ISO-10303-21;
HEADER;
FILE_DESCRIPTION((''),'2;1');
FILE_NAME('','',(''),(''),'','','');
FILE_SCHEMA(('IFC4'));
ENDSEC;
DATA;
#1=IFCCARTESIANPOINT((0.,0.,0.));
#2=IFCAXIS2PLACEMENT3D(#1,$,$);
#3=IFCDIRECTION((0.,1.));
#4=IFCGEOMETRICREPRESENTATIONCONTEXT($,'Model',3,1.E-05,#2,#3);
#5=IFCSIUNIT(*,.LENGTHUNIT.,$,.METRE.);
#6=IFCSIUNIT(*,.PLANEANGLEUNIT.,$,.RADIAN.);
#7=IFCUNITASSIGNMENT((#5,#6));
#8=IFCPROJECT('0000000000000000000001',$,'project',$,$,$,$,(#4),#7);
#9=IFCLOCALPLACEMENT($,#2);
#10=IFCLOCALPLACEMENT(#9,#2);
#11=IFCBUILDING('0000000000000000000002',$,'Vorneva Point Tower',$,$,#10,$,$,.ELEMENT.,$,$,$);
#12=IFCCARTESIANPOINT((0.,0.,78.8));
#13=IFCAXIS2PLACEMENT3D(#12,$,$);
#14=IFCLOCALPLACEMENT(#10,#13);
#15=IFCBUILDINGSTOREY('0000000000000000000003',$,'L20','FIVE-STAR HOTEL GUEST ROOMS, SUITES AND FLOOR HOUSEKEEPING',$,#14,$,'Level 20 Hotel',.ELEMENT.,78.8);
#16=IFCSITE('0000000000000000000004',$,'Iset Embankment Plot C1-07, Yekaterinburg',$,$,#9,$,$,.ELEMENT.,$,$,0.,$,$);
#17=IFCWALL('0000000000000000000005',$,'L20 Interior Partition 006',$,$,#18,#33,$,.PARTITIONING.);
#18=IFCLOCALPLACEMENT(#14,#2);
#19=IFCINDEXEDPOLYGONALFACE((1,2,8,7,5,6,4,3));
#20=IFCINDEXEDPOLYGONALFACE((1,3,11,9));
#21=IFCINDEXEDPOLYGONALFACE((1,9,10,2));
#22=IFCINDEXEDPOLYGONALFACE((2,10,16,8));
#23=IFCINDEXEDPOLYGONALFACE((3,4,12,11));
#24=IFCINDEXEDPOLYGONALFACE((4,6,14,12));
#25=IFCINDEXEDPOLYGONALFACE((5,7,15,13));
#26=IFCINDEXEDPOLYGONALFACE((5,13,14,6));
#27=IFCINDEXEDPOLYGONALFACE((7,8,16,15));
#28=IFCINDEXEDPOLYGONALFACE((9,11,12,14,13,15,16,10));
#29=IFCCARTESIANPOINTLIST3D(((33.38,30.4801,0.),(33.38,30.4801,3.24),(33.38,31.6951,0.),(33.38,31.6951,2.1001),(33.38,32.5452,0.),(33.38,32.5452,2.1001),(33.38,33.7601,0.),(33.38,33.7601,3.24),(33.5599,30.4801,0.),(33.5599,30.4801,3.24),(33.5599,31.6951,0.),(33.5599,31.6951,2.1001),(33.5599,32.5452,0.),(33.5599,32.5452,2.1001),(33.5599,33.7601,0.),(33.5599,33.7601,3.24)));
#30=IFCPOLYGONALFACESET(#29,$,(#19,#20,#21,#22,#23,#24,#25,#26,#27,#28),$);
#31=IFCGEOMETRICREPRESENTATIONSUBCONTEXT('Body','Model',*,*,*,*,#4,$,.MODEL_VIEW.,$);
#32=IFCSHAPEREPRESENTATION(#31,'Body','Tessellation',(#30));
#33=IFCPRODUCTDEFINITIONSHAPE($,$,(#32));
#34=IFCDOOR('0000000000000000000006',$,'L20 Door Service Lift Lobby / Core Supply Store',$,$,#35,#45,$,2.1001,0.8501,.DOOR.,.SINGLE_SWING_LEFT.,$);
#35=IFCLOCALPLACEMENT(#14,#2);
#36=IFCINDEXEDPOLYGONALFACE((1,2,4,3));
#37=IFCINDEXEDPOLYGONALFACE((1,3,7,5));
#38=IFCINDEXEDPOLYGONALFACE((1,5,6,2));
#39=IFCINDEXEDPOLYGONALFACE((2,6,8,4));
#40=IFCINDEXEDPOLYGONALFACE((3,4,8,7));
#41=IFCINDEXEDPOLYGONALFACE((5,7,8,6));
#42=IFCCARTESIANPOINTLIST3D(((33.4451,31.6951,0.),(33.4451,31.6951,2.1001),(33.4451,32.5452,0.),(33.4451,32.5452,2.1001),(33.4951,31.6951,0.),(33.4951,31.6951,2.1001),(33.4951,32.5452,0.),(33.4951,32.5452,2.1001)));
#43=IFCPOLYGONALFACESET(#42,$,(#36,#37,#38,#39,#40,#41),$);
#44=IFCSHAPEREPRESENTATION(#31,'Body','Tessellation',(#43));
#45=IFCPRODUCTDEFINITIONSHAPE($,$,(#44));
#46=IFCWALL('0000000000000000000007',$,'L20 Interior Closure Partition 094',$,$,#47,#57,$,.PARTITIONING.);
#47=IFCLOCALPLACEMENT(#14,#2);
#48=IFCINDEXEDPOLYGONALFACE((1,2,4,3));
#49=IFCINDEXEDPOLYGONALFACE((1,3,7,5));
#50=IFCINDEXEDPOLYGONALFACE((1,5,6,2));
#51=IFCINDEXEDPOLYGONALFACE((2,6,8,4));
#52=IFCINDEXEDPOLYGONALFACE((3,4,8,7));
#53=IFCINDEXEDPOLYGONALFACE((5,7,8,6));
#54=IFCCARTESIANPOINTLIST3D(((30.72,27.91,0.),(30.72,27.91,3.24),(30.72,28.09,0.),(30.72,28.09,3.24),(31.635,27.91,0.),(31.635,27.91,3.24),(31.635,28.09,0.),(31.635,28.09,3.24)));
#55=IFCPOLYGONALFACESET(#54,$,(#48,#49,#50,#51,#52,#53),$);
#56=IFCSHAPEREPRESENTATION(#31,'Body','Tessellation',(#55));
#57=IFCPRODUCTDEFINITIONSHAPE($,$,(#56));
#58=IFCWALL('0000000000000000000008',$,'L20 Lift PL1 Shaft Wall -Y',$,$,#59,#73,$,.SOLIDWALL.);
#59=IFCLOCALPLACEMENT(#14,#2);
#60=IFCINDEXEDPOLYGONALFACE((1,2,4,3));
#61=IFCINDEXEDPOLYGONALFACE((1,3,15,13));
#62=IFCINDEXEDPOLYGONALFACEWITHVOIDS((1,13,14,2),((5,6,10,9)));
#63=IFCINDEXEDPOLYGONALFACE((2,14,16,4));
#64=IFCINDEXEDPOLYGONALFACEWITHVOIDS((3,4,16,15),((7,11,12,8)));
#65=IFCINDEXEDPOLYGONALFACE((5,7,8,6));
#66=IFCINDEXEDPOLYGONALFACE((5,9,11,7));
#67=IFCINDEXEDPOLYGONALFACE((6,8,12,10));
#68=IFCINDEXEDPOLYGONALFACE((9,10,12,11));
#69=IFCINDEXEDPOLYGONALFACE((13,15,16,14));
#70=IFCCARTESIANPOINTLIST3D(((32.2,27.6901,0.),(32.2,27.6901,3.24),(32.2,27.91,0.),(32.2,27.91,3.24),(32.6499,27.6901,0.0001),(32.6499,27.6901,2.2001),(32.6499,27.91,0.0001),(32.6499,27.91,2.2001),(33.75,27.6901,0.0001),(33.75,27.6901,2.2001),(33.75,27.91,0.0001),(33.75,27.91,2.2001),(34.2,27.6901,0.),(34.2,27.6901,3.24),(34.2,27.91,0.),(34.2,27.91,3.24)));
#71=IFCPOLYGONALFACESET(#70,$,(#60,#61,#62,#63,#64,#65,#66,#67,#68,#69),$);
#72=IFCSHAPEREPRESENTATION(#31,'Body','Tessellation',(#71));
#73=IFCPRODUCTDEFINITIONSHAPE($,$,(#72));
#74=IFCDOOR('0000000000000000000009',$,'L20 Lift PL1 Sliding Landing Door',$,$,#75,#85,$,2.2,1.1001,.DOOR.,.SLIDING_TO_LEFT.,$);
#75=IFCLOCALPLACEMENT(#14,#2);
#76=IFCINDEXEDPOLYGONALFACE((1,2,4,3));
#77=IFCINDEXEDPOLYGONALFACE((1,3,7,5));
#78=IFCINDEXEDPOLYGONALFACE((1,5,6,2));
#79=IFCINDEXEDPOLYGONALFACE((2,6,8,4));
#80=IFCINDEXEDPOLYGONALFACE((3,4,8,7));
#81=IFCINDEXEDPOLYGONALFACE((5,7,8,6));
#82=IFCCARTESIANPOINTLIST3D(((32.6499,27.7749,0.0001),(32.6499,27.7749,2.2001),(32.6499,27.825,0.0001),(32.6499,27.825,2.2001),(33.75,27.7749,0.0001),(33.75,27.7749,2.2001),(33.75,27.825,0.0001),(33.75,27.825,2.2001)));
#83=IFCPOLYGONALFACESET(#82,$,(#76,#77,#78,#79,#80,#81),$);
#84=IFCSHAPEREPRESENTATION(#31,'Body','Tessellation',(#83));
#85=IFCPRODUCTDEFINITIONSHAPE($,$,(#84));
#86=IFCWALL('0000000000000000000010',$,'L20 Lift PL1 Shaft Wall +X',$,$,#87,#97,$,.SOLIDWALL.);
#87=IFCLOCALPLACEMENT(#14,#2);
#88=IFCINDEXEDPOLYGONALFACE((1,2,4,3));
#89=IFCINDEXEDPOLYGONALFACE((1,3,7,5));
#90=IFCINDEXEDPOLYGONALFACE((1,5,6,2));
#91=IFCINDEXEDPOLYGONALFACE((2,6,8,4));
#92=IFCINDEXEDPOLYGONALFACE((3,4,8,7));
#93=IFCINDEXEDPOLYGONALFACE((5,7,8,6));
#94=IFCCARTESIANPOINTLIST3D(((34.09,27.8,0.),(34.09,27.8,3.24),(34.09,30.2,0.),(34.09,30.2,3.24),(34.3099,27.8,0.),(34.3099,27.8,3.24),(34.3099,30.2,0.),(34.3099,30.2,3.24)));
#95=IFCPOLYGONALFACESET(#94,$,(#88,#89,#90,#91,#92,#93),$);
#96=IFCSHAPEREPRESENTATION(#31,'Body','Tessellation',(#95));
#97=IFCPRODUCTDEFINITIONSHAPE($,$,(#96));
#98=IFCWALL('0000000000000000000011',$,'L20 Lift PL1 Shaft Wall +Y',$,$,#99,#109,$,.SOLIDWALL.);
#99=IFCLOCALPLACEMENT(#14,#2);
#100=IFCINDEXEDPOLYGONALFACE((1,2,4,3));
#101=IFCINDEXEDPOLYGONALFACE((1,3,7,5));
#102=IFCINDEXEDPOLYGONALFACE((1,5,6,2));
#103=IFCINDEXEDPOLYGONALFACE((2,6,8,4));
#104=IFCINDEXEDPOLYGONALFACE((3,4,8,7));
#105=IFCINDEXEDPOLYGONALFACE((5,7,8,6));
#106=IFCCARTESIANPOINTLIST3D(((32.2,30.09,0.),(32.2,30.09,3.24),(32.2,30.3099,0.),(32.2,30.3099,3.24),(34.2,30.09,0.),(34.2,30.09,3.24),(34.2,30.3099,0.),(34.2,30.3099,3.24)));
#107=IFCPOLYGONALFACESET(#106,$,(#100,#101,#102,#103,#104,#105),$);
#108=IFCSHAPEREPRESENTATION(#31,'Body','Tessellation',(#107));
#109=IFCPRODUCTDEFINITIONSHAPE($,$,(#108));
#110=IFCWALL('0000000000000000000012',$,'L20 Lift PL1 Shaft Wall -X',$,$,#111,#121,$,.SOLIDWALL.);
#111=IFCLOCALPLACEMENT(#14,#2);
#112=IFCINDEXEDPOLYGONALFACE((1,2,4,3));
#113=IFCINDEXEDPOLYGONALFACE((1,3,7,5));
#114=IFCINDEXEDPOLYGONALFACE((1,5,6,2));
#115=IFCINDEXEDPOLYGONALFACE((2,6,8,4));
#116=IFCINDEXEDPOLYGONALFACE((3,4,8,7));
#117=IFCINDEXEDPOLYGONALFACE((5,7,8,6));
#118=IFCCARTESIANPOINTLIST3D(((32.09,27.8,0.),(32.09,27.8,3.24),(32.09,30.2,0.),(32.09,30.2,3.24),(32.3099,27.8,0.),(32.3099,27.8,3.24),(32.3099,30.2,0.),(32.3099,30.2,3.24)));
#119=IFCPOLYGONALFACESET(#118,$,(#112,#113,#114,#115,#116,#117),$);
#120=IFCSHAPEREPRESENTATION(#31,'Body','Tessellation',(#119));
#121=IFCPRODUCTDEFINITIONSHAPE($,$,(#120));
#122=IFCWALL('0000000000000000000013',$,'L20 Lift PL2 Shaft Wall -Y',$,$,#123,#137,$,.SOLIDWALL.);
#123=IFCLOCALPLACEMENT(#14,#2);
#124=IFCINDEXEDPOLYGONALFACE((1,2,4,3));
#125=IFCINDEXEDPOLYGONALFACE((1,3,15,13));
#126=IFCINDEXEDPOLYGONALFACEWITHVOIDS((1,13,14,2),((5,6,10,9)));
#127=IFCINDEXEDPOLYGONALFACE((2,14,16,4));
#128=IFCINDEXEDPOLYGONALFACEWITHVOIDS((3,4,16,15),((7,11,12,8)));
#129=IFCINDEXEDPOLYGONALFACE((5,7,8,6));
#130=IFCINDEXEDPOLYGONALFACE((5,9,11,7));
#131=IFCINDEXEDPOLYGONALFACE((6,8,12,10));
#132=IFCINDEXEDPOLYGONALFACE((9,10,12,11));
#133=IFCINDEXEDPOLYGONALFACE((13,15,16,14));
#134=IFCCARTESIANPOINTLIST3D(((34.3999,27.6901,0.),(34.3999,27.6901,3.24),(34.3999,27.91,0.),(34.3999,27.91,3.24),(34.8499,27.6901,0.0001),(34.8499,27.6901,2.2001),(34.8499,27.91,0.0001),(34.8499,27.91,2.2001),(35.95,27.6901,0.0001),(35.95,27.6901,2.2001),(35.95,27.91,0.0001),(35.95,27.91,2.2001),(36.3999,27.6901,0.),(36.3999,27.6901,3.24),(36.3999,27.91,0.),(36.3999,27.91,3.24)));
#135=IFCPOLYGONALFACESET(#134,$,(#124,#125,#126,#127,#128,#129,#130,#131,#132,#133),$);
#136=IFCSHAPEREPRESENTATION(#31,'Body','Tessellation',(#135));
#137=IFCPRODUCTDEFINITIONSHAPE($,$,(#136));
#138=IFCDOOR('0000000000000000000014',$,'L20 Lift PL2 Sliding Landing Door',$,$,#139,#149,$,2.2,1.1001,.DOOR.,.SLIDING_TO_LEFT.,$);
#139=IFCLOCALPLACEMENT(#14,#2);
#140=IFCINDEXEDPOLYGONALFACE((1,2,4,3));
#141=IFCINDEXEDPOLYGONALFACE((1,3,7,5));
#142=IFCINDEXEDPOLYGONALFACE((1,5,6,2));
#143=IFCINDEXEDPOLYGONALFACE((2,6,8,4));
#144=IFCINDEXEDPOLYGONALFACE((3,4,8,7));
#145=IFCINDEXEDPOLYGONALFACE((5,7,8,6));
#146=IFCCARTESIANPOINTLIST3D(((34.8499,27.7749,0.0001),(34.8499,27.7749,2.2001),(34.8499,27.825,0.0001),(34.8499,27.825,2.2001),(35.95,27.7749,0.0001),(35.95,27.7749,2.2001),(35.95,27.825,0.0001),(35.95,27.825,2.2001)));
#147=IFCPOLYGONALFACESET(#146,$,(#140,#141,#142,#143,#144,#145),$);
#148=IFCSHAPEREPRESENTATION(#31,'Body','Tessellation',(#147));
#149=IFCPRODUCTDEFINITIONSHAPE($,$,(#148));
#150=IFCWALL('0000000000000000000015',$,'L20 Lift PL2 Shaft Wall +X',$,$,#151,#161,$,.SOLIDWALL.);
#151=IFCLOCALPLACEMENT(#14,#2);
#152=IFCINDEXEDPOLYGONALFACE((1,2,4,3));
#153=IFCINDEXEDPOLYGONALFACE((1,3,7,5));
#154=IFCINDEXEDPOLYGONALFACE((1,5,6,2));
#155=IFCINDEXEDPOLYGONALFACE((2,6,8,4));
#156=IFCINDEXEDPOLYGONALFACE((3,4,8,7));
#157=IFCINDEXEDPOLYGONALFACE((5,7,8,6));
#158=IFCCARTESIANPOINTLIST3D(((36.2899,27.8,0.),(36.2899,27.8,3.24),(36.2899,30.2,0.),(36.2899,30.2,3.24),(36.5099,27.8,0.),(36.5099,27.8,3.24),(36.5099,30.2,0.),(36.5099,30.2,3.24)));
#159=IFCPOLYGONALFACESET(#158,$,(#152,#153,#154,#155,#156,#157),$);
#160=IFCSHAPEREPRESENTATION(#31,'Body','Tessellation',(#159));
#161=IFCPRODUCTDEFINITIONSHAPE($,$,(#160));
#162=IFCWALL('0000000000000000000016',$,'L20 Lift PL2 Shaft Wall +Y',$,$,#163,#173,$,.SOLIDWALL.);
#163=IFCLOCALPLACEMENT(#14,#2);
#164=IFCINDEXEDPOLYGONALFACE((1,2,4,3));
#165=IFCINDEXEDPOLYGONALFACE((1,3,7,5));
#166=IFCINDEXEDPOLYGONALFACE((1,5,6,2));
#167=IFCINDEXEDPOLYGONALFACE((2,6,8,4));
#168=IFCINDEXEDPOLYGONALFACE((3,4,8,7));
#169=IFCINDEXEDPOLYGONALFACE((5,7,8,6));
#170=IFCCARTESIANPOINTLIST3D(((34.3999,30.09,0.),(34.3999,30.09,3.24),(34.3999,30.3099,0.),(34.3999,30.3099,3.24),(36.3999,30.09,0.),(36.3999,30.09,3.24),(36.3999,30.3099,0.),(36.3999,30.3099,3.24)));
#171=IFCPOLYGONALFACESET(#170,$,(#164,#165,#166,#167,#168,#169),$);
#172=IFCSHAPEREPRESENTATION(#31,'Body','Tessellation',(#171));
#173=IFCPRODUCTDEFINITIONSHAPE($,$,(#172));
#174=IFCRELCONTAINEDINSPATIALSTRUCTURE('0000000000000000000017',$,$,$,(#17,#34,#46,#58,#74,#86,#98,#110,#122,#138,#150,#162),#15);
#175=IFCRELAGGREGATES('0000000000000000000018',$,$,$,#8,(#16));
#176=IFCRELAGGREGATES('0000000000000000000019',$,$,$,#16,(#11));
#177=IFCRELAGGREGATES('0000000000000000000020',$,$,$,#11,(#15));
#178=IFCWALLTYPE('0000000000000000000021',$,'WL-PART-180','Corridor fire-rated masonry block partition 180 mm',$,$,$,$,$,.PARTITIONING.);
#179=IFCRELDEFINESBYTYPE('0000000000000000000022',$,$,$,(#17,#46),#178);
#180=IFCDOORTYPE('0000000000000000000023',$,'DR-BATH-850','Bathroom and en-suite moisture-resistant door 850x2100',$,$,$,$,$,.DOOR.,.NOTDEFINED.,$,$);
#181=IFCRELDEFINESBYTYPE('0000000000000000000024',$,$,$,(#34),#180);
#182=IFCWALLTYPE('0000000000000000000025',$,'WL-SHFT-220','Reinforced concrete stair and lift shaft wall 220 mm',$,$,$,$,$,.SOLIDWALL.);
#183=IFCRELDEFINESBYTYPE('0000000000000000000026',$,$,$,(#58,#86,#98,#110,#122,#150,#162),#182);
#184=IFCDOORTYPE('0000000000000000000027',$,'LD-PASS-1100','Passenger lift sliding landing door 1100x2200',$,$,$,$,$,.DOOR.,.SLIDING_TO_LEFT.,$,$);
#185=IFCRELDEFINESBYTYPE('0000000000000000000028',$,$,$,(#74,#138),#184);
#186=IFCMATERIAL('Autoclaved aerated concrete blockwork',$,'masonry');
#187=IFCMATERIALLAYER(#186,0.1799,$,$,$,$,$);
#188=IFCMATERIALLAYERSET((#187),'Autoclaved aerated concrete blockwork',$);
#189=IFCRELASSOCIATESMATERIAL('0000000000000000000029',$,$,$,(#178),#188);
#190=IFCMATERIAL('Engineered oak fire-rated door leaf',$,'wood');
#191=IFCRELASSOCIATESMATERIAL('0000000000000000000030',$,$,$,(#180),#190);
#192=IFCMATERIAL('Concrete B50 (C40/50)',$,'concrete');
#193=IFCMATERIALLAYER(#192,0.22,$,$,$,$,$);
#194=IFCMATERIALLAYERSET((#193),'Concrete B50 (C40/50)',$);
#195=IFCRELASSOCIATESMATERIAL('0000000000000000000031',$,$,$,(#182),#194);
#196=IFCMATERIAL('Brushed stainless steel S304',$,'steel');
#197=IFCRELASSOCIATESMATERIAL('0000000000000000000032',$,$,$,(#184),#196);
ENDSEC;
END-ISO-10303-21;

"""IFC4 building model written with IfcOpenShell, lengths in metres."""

from ifc_helpers import new_model, si_unit, direction, frame, frame_2d, origin, place, context, subcontext, project, spatial, rectangle, extrude, material, layer, layer_set, type_object, element, fill, save


model = new_model("IFC4")

# Units and contexts
model_context = context("Model", 3, precision=1e-05, world=origin(), true_north=direction((0.0, 1.0)))
body_context = subcontext(model_context, "Body", "Model", "MODEL_VIEW")
ifc_project = project(units=[si_unit("LENGTHUNIT", "METRE"), si_unit("PLANEANGLEUNIT", "RADIAN")], contexts=[model_context])

# Site, building, storey
site_placement = place(None, origin())
site = spatial("IfcSite", under=ifc_project, at=site_placement, Name="Iset Embankment Plot C1-07, Yekaterinburg", CompositionType="ELEMENT", RefElevation=0.0)
building_placement = place(site_placement, origin())
building = spatial("IfcBuilding", under=site, at=building_placement, Name="Vorneva Point Tower", CompositionType="ELEMENT")
storey_placement = place(building_placement, frame((0.0, 0.0, 78.8)))
storey = spatial("IfcBuildingStorey", under=building, at=storey_placement, Name="L20", Description="FIVE-STAR HOTEL GUEST ROOMS, SUITES AND FLOOR HOUSEKEEPING", LongName="Level 20 Hotel", CompositionType="ELEMENT", Elevation=78.8)

# Shared definitions
ifc_material_1 = material(Name="Brushed stainless steel S304", Category="steel")

# Wall, opening, door
ifc_material_2 = material(Name="Autoclaved aerated concrete blockwork", Category="masonry")
ifc_layer_1 = layer(ifc_material_2, 0.1799)
ifc_layer_set_1 = layer_set([ifc_layer_1], Name="Autoclaved aerated concrete blockwork")
wall_type_1 = type_object("IfcWallType", Name="WL-PART-180", Description="Corridor fire-rated masonry block partition 180 mm", PredefinedType="PARTITIONING", material=ifc_layer_set_1)
wall_1_placement = place(storey_placement, frame((33.47, 30.48, 0.0), z_axis=(0.0, 0.0, 1.0), x_axis=(0.0, 1.0, 0.0)))
wall_1 = element("IfcWall", 1, at=wall_1_placement, inside=storey, type_object=wall_type_1, Name="L20 Interior Partition 006", PredefinedType="PARTITIONING", context=body_context, shape_type="SweptSolid", body=[
    extrude(rectangle(XDim=3.28, YDim=0.1799, at=frame_2d((1.6401, 0.0))), origin(), (0.0, 0.0, 1.0), 3.24),
])
opening_1_placement = place(wall_1_placement, frame((1.2151, 0.0, 0.0)))
opening_1 = element("IfcOpeningElement", 2, at=opening_1_placement, cuts=wall_1, PredefinedType="OPENING", context=body_context, shape_type="SweptSolid", body=[
    extrude(rectangle(XDim=0.8501, YDim=2.1001, at=frame_2d((0.425, 1.05))), frame((0.0, 0.105, 0.0), z_axis=(0.0, -1.0, 0.0), x_axis=(1.0, 0.0, 0.0)), (0.0, 0.0, 1.0), 0.2097),
])
ifc_material_3 = material(Name="Engineered oak fire-rated door leaf", Category="wood")
door_type_1 = type_object("IfcDoorType", Name="DR-BATH-850", Description="Bathroom and en-suite moisture-resistant door 850x2100", OperationType="NOTDEFINED", PredefinedType="DOOR", material=ifc_material_3)
door_1_placement = place(opening_1_placement, origin())
door_1 = element("IfcDoor", 3, at=door_1_placement, inside=storey, type_object=door_type_1, Name="L20 Door Service Lift Lobby / Core Supply Store", OperationType="SINGLE_SWING_LEFT", OverallHeight=2.1001, OverallWidth=0.8501, PredefinedType="DOOR", context=body_context, shape_type="SweptSolid", body=[
    extrude(rectangle(XDim=0.8501, YDim=2.1001, at=frame_2d((0.425, 1.05))), frame((0.0, 0.0249, 0.0), z_axis=(0.0, -1.0, 0.0), x_axis=(1.0, 0.0, 0.0)), (0.0, 0.0, 1.0), 0.05),
])
fill(opening_1, door_1)

# Wall
wall_2_placement = place(storey_placement, frame((31.635, 28.0, 0.0), z_axis=(0.0, 0.0, 1.0), x_axis=(-1.0, 0.0, 0.0)))
element("IfcWall", 4, at=wall_2_placement, inside=storey, type_object=wall_type_1, Name="L20 Interior Closure Partition 094", PredefinedType="PARTITIONING", context=body_context, shape_type="SweptSolid", body=[
    extrude(rectangle(XDim=0.915, YDim=0.1799, at=frame_2d((0.4575, 0.0))), origin(), (0.0, 0.0, 1.0), 3.24),
])

# Wall, opening, door
ifc_material_4 = material(Name="Concrete B50 (C40/50)", Category="concrete")
ifc_layer_2 = layer(ifc_material_4, 0.22)
ifc_layer_set_2 = layer_set([ifc_layer_2], Name="Concrete B50 (C40/50)")
wall_type_2 = type_object("IfcWallType", Name="WL-SHFT-220", Description="Reinforced concrete stair and lift shaft wall 220 mm", PredefinedType="SOLIDWALL", material=ifc_layer_set_2)
wall_3_placement = place(storey_placement, frame((32.2, 27.8, 0.0), z_axis=(0.0, 0.0, 1.0), x_axis=(1.0, 0.0, 0.0)))
wall_3 = element("IfcWall", 5, at=wall_3_placement, inside=storey, type_object=wall_type_2, Name="L20 Lift PL1 Shaft Wall -Y", PredefinedType="SOLIDWALL", context=body_context, shape_type="SweptSolid", body=[
    extrude(rectangle(XDim=2.0, YDim=0.22, at=frame_2d((1.0, 0.0))), origin(), (0.0, 0.0, 1.0), 3.24),
])
opening_2_placement = place(wall_3_placement, frame((0.45, 0.0, 0.0)))
opening_2 = element("IfcOpeningElement", 6, at=opening_2_placement, cuts=wall_3, PredefinedType="OPENING", context=body_context, shape_type="SweptSolid", body=[
    extrude(rectangle(XDim=1.1001, YDim=2.2, at=frame_2d((0.55, 1.1001))), frame((0.0, 0.125, 0.0), z_axis=(0.0, -1.0, 0.0), x_axis=(1.0, 0.0, 0.0)), (0.0, 0.0, 1.0), 0.2498),
])
door_type_2 = type_object("IfcDoorType", Name="LD-PASS-1100", Description="Passenger lift sliding landing door 1100x2200", OperationType="SLIDING_TO_LEFT", PredefinedType="DOOR", material=ifc_material_1)
door_2_placement = place(opening_2_placement, origin())
door_2 = element("IfcDoor", 7, at=door_2_placement, inside=storey, type_object=door_type_2, Name="L20 Lift PL1 Sliding Landing Door", OperationType="SLIDING_TO_LEFT", OverallHeight=2.2, OverallWidth=1.1001, PredefinedType="DOOR", context=body_context, shape_type="SweptSolid", body=[
    extrude(rectangle(XDim=1.1001, YDim=2.2, at=frame_2d((0.55, 1.1001))), frame((0.0, 0.0249, 0.0), z_axis=(0.0, -1.0, 0.0), x_axis=(1.0, 0.0, 0.0)), (0.0, 0.0, 1.0), 0.05),
])
fill(opening_2, door_2)

# Walls
wall_4_placement = place(storey_placement, frame((34.2, 27.8, 0.0), z_axis=(0.0, 0.0, 1.0), x_axis=(0.0, 1.0, 0.0)))
element("IfcWall", 8, at=wall_4_placement, inside=storey, type_object=wall_type_2, Name="L20 Lift PL1 Shaft Wall +X", PredefinedType="SOLIDWALL", context=body_context, shape_type="SweptSolid", body=[
    extrude(rectangle(XDim=2.3999, YDim=0.22, at=frame_2d((1.2, 0.0))), origin(), (0.0, 0.0, 1.0), 3.24),
])
wall_5_placement = place(storey_placement, frame((34.2, 30.2, 0.0), z_axis=(0.0, 0.0, 1.0), x_axis=(-1.0, 0.0, 0.0)))
element("IfcWall", 9, at=wall_5_placement, inside=storey, type_object=wall_type_2, Name="L20 Lift PL1 Shaft Wall +Y", PredefinedType="SOLIDWALL", context=body_context, shape_type="SweptSolid", body=[
    extrude(rectangle(XDim=2.0, YDim=0.22, at=frame_2d((1.0, 0.0))), origin(), (0.0, 0.0, 1.0), 3.24),
])
wall_6_placement = place(storey_placement, frame((32.2, 30.2, 0.0), z_axis=(0.0, 0.0, 1.0), x_axis=(0.0, -1.0, 0.0)))
element("IfcWall", 10, at=wall_6_placement, inside=storey, type_object=wall_type_2, Name="L20 Lift PL1 Shaft Wall -X", PredefinedType="SOLIDWALL", context=body_context, shape_type="SweptSolid", body=[
    extrude(rectangle(XDim=2.3999, YDim=0.22, at=frame_2d((1.2, 0.0))), origin(), (0.0, 0.0, 1.0), 3.24),
])

# Wall, opening, door
wall_7_placement = place(storey_placement, frame((34.3999, 27.8, 0.0), z_axis=(0.0, 0.0, 1.0), x_axis=(1.0, 0.0, 0.0)))
wall_7 = element("IfcWall", 11, at=wall_7_placement, inside=storey, type_object=wall_type_2, Name="L20 Lift PL2 Shaft Wall -Y", PredefinedType="SOLIDWALL", context=body_context, shape_type="SweptSolid", body=[
    extrude(rectangle(XDim=2.0, YDim=0.22, at=frame_2d((1.0, 0.0))), origin(), (0.0, 0.0, 1.0), 3.24),
])
opening_3_placement = place(wall_7_placement, frame((0.45, 0.0, 0.0)))
opening_3 = element("IfcOpeningElement", 12, at=opening_3_placement, cuts=wall_7, PredefinedType="OPENING", context=body_context, shape_type="SweptSolid", body=[
    extrude(rectangle(XDim=1.1001, YDim=2.2, at=frame_2d((0.55, 1.1001))), frame((0.0, 0.125, 0.0), z_axis=(0.0, -1.0, 0.0), x_axis=(1.0, 0.0, 0.0)), (0.0, 0.0, 1.0), 0.2498),
])
door_3_placement = place(opening_3_placement, origin())
door_3 = element("IfcDoor", 13, at=door_3_placement, inside=storey, type_object=door_type_2, Name="L20 Lift PL2 Sliding Landing Door", OperationType="SLIDING_TO_LEFT", OverallHeight=2.2, OverallWidth=1.1001, PredefinedType="DOOR", context=body_context, shape_type="SweptSolid", body=[
    extrude(rectangle(XDim=1.1001, YDim=2.2, at=frame_2d((0.55, 1.1001))), frame((0.0, 0.0249, 0.0), z_axis=(0.0, -1.0, 0.0), x_axis=(1.0, 0.0, 0.0)), (0.0, 0.0, 1.0), 0.05),
])
fill(opening_3, door_3)

# Walls
wall_8_placement = place(storey_placement, frame((36.3999, 27.8, 0.0), z_axis=(0.0, 0.0, 1.0), x_axis=(0.0, 1.0, 0.0)))
element("IfcWall", 14, at=wall_8_placement, inside=storey, type_object=wall_type_2, Name="L20 Lift PL2 Shaft Wall +X", PredefinedType="SOLIDWALL", context=body_context, shape_type="SweptSolid", body=[
    extrude(rectangle(XDim=2.3999, YDim=0.22, at=frame_2d((1.2, 0.0))), origin(), (0.0, 0.0, 1.0), 3.24),
])
wall_9_placement = place(storey_placement, frame((36.3999, 30.2, 0.0), z_axis=(0.0, 0.0, 1.0), x_axis=(-1.0, 0.0, 0.0)))
element("IfcWall", 15, at=wall_9_placement, inside=storey, type_object=wall_type_2, Name="L20 Lift PL2 Shaft Wall +Y", PredefinedType="SOLIDWALL", context=body_context, shape_type="SweptSolid", body=[
    extrude(rectangle(XDim=2.0, YDim=0.22, at=frame_2d((1.0, 0.0))), origin(), (0.0, 0.0, 1.0), 3.24),
])

save(model, "model.ifc")
